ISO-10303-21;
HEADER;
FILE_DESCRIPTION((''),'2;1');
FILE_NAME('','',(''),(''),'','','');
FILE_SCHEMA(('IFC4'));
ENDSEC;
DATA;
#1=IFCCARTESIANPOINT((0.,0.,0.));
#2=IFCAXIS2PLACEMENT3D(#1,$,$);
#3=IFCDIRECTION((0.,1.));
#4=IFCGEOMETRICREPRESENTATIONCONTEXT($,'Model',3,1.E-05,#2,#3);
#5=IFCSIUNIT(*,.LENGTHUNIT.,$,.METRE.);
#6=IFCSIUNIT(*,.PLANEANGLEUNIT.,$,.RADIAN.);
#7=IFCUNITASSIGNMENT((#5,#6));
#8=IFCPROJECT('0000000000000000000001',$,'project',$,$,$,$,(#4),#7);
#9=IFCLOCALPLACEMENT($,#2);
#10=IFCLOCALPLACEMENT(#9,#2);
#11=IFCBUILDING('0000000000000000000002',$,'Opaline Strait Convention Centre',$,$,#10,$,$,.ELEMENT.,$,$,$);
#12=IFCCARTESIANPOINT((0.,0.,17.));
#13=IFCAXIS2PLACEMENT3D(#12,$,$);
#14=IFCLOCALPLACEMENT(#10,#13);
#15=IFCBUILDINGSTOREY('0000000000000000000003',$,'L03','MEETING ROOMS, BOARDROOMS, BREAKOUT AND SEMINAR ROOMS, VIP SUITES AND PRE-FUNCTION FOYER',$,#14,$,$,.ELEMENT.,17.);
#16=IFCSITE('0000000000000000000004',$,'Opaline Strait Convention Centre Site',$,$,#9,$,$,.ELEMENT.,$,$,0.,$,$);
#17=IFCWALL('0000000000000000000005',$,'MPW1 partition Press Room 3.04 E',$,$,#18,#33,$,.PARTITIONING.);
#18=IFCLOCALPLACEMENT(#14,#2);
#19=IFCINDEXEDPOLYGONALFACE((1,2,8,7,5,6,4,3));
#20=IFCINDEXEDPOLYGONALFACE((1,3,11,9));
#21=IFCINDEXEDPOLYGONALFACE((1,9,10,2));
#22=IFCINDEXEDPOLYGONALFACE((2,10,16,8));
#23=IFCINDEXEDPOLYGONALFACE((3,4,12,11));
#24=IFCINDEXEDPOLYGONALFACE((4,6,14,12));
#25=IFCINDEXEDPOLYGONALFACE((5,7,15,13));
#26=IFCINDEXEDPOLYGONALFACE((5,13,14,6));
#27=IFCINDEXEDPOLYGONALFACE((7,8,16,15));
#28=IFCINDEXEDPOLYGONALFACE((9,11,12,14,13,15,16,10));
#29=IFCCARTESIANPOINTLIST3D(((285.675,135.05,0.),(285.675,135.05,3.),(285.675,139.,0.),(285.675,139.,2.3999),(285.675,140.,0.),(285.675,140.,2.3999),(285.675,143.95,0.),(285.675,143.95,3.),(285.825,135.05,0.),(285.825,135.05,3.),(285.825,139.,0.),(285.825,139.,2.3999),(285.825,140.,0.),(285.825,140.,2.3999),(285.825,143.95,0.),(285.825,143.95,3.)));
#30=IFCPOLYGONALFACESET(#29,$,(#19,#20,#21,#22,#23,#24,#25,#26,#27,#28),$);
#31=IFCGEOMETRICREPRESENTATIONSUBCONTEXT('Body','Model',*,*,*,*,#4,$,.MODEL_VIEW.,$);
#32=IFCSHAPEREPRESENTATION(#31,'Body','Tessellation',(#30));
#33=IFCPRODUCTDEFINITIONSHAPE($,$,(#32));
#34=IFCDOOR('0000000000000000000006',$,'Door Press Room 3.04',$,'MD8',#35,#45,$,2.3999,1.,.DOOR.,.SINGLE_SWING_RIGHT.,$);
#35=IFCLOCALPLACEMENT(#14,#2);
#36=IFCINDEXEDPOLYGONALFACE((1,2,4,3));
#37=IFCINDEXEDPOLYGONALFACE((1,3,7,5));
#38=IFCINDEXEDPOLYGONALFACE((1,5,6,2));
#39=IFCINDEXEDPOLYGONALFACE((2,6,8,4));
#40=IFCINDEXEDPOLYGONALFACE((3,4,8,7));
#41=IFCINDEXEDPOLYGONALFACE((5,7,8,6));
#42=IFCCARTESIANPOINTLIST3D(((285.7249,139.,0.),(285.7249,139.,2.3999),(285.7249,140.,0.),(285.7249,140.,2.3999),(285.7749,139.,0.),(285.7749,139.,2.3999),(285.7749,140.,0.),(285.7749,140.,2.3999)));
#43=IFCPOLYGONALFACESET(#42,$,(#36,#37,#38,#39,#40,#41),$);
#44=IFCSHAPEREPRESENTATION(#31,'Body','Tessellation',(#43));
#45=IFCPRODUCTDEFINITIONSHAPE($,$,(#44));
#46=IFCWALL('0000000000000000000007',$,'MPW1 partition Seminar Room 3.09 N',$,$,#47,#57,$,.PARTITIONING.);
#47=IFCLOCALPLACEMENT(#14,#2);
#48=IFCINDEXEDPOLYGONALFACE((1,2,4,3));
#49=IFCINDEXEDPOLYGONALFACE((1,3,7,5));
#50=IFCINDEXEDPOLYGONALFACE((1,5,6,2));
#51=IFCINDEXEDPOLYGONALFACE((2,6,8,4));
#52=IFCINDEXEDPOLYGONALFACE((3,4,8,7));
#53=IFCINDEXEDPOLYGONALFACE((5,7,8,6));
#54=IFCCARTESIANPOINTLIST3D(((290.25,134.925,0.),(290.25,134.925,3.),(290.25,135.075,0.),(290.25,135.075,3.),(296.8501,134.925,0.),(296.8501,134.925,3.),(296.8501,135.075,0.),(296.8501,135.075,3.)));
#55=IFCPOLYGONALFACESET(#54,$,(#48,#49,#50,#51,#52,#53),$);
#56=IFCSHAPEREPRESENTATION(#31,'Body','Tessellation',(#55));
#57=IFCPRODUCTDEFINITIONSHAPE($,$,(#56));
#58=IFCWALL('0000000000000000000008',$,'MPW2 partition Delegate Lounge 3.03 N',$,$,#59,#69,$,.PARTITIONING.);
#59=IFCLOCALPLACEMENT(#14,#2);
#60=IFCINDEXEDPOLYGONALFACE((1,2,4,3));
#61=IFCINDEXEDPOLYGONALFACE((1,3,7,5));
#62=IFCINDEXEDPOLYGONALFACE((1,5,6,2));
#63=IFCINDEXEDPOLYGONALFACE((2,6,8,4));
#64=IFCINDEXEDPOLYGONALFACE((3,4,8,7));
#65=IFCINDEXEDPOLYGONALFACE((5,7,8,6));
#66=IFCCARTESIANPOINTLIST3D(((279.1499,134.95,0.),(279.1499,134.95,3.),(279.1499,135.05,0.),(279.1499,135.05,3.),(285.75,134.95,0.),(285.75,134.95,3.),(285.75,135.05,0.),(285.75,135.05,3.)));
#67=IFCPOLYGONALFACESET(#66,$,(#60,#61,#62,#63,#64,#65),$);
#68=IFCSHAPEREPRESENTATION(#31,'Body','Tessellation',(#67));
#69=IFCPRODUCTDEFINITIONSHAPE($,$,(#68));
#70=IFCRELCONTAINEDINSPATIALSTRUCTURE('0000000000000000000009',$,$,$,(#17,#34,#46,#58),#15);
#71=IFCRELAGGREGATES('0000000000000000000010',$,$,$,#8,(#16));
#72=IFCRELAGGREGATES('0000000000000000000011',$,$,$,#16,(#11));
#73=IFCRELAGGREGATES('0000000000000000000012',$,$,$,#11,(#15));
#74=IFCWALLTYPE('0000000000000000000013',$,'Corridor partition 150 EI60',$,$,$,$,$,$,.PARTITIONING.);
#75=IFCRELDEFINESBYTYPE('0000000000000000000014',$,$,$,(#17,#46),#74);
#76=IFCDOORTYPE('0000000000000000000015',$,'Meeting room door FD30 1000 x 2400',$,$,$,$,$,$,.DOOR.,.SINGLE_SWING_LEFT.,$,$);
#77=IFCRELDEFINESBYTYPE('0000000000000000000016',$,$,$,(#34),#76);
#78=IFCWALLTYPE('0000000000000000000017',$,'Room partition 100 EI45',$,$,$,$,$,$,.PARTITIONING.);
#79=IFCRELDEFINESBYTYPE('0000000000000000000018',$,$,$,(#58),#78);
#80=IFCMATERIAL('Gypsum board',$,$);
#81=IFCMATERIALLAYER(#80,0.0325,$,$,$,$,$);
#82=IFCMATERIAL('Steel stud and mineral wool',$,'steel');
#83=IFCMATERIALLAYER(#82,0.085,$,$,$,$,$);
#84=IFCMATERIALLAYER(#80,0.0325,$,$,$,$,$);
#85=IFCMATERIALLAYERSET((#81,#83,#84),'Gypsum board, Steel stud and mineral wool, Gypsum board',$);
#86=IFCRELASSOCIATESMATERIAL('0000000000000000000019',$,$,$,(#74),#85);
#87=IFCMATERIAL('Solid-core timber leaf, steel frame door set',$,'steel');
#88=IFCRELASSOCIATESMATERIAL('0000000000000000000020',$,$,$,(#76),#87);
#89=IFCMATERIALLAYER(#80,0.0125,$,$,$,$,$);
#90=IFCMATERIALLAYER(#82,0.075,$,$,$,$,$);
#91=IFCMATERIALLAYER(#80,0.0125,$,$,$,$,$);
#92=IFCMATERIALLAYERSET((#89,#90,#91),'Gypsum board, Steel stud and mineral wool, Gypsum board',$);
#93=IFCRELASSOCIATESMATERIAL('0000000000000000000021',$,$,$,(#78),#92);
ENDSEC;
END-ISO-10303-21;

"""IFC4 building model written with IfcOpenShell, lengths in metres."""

from ifc_helpers import new_model, si_unit, direction, frame, frame_2d, origin, place, context, subcontext, project, spatial, rectangle, extrude, material, layer, layer_set, type_object, element, fill, save


model = new_model("IFC4")

# Units and contexts
model_context = context("Model", 3, precision=1e-05, world=origin(), true_north=direction((0.0, 1.0)))
body_context = subcontext(model_context, "Body", "Model", "MODEL_VIEW")
ifc_project = project(units=[si_unit("LENGTHUNIT", "METRE"), si_unit("PLANEANGLEUNIT", "RADIAN")], contexts=[model_context])

# Site, building, storey
site_placement = place(None, origin())
site = spatial("IfcSite", under=ifc_project, at=site_placement, Name="Opaline Strait Convention Centre Site", CompositionType="ELEMENT", RefElevation=0.0)
building_placement = place(site_placement, origin())
building = spatial("IfcBuilding", under=site, at=building_placement, Name="Opaline Strait Convention Centre", CompositionType="ELEMENT")
storey_placement = place(building_placement, frame((0.0, 0.0, 17.0)))
storey = spatial("IfcBuildingStorey", under=building, at=storey_placement, Name="L03", Description="MEETING ROOMS, BOARDROOMS, BREAKOUT AND SEMINAR ROOMS, VIP SUITES AND PRE-FUNCTION FOYER", CompositionType="ELEMENT", Elevation=17.0)

# Wall, opening, door
ifc_material_1 = material(Name="Gypsum board")
ifc_layer_1 = layer(ifc_material_1, 0.0325)
ifc_material_2 = material(Name="Steel stud and mineral wool", Category="steel")
ifc_layer_2 = layer(ifc_material_2, 0.085)
ifc_layer_3 = layer(ifc_material_1, 0.0325)
ifc_layer_set_1 = layer_set([ifc_layer_1, ifc_layer_2, ifc_layer_3], Name="Gypsum board, Steel stud and mineral wool, Gypsum board")
wall_type_1 = type_object("IfcWallType", Name="Corridor partition 150 EI60", PredefinedType="PARTITIONING", material=ifc_layer_set_1)
wall_1_placement = place(storey_placement, frame((285.75, 135.05, 0.0), z_axis=(0.0, 0.0, 1.0), x_axis=(0.0, 1.0, 0.0)))
wall_1 = element("IfcWall", 1, at=wall_1_placement, inside=storey, type_object=wall_type_1, Name="MPW1 partition Press Room 3.04 E", PredefinedType="PARTITIONING", context=body_context, shape_type="SweptSolid", body=[
    extrude(rectangle(XDim=8.8999, YDim=0.1499, at=frame_2d((4.45, 0.0))), origin(), (0.0, 0.0, 1.0), 3.0),
])
opening_placement = place(wall_1_placement, frame((3.95, 0.0, 0.0)))
opening = element("IfcOpeningElement", 2, at=opening_placement, cuts=wall_1, PredefinedType="OPENING", context=body_context, shape_type="SweptSolid", body=[
    extrude(rectangle(XDim=1.0, YDim=2.3999, at=frame_2d((0.5, 1.2))), frame((0.0, 0.085, 0.0), z_axis=(0.0, -1.0, 0.0), x_axis=(1.0, 0.0, 0.0)), (0.0, 0.0, 1.0), 0.1699),
])
ifc_material_3 = material(Name="Solid-core timber leaf, steel frame door set", Category="steel")
door_type = type_object("IfcDoorType", Name="Meeting room door FD30 1000 x 2400", OperationType="SINGLE_SWING_LEFT", PredefinedType="DOOR", material=ifc_material_3)
door_placement = place(opening_placement, frame((1.0, 0.0, 0.0), z_axis=(0.0, 0.0, 1.0), x_axis=(-1.0, 0.0, 0.0)))
door = element("IfcDoor", 3, at=door_placement, inside=storey, type_object=door_type, Name="Door Press Room 3.04", ObjectType="MD8", OperationType="SINGLE_SWING_RIGHT", OverallHeight=2.3999, OverallWidth=1.0, PredefinedType="DOOR", context=body_context, shape_type="SweptSolid", body=[
    extrude(rectangle(XDim=1.0, YDim=2.3999, at=frame_2d((0.5, 1.2))), frame((0.0, 0.0249, 0.0), z_axis=(0.0, -1.0, 0.0), x_axis=(1.0, 0.0, 0.0)), (0.0, 0.0, 1.0), 0.05),
])
fill(opening, door)

# Walls
wall_2_placement = place(storey_placement, frame((290.25, 135.0, 0.0), z_axis=(0.0, 0.0, 1.0), x_axis=(1.0, 0.0, 0.0)))
element("IfcWall", 4, at=wall_2_placement, inside=storey, type_object=wall_type_1, Name="MPW1 partition Seminar Room 3.09 N", PredefinedType="PARTITIONING", context=body_context, shape_type="SweptSolid", body=[
    extrude(rectangle(XDim=6.6001, YDim=0.1499, at=frame_2d((3.3, 0.0))), origin(), (0.0, 0.0, 1.0), 3.0),
])
ifc_layer_4 = layer(ifc_material_1, 0.0125)
ifc_layer_5 = layer(ifc_material_2, 0.075)
ifc_layer_6 = layer(ifc_material_1, 0.0125)
ifc_layer_set_2 = layer_set([ifc_layer_4, ifc_layer_5, ifc_layer_6], Name="Gypsum board, Steel stud and mineral wool, Gypsum board")
wall_type_2 = type_object("IfcWallType", Name="Room partition 100 EI45", PredefinedType="PARTITIONING", material=ifc_layer_set_2)
wall_3_placement = place(storey_placement, frame((279.1499, 135.0, 0.0), z_axis=(0.0, 0.0, 1.0), x_axis=(1.0, 0.0, 0.0)))
element("IfcWall", 5, at=wall_3_placement, inside=storey, type_object=wall_type_2, Name="MPW2 partition Delegate Lounge 3.03 N", PredefinedType="PARTITIONING", context=body_context, shape_type="SweptSolid", body=[
    extrude(rectangle(XDim=6.6001, YDim=0.1001, at=frame_2d((3.3, 0.0))), origin(), (0.0, 0.0, 1.0), 3.0),
])

save(model, "model.ifc")
